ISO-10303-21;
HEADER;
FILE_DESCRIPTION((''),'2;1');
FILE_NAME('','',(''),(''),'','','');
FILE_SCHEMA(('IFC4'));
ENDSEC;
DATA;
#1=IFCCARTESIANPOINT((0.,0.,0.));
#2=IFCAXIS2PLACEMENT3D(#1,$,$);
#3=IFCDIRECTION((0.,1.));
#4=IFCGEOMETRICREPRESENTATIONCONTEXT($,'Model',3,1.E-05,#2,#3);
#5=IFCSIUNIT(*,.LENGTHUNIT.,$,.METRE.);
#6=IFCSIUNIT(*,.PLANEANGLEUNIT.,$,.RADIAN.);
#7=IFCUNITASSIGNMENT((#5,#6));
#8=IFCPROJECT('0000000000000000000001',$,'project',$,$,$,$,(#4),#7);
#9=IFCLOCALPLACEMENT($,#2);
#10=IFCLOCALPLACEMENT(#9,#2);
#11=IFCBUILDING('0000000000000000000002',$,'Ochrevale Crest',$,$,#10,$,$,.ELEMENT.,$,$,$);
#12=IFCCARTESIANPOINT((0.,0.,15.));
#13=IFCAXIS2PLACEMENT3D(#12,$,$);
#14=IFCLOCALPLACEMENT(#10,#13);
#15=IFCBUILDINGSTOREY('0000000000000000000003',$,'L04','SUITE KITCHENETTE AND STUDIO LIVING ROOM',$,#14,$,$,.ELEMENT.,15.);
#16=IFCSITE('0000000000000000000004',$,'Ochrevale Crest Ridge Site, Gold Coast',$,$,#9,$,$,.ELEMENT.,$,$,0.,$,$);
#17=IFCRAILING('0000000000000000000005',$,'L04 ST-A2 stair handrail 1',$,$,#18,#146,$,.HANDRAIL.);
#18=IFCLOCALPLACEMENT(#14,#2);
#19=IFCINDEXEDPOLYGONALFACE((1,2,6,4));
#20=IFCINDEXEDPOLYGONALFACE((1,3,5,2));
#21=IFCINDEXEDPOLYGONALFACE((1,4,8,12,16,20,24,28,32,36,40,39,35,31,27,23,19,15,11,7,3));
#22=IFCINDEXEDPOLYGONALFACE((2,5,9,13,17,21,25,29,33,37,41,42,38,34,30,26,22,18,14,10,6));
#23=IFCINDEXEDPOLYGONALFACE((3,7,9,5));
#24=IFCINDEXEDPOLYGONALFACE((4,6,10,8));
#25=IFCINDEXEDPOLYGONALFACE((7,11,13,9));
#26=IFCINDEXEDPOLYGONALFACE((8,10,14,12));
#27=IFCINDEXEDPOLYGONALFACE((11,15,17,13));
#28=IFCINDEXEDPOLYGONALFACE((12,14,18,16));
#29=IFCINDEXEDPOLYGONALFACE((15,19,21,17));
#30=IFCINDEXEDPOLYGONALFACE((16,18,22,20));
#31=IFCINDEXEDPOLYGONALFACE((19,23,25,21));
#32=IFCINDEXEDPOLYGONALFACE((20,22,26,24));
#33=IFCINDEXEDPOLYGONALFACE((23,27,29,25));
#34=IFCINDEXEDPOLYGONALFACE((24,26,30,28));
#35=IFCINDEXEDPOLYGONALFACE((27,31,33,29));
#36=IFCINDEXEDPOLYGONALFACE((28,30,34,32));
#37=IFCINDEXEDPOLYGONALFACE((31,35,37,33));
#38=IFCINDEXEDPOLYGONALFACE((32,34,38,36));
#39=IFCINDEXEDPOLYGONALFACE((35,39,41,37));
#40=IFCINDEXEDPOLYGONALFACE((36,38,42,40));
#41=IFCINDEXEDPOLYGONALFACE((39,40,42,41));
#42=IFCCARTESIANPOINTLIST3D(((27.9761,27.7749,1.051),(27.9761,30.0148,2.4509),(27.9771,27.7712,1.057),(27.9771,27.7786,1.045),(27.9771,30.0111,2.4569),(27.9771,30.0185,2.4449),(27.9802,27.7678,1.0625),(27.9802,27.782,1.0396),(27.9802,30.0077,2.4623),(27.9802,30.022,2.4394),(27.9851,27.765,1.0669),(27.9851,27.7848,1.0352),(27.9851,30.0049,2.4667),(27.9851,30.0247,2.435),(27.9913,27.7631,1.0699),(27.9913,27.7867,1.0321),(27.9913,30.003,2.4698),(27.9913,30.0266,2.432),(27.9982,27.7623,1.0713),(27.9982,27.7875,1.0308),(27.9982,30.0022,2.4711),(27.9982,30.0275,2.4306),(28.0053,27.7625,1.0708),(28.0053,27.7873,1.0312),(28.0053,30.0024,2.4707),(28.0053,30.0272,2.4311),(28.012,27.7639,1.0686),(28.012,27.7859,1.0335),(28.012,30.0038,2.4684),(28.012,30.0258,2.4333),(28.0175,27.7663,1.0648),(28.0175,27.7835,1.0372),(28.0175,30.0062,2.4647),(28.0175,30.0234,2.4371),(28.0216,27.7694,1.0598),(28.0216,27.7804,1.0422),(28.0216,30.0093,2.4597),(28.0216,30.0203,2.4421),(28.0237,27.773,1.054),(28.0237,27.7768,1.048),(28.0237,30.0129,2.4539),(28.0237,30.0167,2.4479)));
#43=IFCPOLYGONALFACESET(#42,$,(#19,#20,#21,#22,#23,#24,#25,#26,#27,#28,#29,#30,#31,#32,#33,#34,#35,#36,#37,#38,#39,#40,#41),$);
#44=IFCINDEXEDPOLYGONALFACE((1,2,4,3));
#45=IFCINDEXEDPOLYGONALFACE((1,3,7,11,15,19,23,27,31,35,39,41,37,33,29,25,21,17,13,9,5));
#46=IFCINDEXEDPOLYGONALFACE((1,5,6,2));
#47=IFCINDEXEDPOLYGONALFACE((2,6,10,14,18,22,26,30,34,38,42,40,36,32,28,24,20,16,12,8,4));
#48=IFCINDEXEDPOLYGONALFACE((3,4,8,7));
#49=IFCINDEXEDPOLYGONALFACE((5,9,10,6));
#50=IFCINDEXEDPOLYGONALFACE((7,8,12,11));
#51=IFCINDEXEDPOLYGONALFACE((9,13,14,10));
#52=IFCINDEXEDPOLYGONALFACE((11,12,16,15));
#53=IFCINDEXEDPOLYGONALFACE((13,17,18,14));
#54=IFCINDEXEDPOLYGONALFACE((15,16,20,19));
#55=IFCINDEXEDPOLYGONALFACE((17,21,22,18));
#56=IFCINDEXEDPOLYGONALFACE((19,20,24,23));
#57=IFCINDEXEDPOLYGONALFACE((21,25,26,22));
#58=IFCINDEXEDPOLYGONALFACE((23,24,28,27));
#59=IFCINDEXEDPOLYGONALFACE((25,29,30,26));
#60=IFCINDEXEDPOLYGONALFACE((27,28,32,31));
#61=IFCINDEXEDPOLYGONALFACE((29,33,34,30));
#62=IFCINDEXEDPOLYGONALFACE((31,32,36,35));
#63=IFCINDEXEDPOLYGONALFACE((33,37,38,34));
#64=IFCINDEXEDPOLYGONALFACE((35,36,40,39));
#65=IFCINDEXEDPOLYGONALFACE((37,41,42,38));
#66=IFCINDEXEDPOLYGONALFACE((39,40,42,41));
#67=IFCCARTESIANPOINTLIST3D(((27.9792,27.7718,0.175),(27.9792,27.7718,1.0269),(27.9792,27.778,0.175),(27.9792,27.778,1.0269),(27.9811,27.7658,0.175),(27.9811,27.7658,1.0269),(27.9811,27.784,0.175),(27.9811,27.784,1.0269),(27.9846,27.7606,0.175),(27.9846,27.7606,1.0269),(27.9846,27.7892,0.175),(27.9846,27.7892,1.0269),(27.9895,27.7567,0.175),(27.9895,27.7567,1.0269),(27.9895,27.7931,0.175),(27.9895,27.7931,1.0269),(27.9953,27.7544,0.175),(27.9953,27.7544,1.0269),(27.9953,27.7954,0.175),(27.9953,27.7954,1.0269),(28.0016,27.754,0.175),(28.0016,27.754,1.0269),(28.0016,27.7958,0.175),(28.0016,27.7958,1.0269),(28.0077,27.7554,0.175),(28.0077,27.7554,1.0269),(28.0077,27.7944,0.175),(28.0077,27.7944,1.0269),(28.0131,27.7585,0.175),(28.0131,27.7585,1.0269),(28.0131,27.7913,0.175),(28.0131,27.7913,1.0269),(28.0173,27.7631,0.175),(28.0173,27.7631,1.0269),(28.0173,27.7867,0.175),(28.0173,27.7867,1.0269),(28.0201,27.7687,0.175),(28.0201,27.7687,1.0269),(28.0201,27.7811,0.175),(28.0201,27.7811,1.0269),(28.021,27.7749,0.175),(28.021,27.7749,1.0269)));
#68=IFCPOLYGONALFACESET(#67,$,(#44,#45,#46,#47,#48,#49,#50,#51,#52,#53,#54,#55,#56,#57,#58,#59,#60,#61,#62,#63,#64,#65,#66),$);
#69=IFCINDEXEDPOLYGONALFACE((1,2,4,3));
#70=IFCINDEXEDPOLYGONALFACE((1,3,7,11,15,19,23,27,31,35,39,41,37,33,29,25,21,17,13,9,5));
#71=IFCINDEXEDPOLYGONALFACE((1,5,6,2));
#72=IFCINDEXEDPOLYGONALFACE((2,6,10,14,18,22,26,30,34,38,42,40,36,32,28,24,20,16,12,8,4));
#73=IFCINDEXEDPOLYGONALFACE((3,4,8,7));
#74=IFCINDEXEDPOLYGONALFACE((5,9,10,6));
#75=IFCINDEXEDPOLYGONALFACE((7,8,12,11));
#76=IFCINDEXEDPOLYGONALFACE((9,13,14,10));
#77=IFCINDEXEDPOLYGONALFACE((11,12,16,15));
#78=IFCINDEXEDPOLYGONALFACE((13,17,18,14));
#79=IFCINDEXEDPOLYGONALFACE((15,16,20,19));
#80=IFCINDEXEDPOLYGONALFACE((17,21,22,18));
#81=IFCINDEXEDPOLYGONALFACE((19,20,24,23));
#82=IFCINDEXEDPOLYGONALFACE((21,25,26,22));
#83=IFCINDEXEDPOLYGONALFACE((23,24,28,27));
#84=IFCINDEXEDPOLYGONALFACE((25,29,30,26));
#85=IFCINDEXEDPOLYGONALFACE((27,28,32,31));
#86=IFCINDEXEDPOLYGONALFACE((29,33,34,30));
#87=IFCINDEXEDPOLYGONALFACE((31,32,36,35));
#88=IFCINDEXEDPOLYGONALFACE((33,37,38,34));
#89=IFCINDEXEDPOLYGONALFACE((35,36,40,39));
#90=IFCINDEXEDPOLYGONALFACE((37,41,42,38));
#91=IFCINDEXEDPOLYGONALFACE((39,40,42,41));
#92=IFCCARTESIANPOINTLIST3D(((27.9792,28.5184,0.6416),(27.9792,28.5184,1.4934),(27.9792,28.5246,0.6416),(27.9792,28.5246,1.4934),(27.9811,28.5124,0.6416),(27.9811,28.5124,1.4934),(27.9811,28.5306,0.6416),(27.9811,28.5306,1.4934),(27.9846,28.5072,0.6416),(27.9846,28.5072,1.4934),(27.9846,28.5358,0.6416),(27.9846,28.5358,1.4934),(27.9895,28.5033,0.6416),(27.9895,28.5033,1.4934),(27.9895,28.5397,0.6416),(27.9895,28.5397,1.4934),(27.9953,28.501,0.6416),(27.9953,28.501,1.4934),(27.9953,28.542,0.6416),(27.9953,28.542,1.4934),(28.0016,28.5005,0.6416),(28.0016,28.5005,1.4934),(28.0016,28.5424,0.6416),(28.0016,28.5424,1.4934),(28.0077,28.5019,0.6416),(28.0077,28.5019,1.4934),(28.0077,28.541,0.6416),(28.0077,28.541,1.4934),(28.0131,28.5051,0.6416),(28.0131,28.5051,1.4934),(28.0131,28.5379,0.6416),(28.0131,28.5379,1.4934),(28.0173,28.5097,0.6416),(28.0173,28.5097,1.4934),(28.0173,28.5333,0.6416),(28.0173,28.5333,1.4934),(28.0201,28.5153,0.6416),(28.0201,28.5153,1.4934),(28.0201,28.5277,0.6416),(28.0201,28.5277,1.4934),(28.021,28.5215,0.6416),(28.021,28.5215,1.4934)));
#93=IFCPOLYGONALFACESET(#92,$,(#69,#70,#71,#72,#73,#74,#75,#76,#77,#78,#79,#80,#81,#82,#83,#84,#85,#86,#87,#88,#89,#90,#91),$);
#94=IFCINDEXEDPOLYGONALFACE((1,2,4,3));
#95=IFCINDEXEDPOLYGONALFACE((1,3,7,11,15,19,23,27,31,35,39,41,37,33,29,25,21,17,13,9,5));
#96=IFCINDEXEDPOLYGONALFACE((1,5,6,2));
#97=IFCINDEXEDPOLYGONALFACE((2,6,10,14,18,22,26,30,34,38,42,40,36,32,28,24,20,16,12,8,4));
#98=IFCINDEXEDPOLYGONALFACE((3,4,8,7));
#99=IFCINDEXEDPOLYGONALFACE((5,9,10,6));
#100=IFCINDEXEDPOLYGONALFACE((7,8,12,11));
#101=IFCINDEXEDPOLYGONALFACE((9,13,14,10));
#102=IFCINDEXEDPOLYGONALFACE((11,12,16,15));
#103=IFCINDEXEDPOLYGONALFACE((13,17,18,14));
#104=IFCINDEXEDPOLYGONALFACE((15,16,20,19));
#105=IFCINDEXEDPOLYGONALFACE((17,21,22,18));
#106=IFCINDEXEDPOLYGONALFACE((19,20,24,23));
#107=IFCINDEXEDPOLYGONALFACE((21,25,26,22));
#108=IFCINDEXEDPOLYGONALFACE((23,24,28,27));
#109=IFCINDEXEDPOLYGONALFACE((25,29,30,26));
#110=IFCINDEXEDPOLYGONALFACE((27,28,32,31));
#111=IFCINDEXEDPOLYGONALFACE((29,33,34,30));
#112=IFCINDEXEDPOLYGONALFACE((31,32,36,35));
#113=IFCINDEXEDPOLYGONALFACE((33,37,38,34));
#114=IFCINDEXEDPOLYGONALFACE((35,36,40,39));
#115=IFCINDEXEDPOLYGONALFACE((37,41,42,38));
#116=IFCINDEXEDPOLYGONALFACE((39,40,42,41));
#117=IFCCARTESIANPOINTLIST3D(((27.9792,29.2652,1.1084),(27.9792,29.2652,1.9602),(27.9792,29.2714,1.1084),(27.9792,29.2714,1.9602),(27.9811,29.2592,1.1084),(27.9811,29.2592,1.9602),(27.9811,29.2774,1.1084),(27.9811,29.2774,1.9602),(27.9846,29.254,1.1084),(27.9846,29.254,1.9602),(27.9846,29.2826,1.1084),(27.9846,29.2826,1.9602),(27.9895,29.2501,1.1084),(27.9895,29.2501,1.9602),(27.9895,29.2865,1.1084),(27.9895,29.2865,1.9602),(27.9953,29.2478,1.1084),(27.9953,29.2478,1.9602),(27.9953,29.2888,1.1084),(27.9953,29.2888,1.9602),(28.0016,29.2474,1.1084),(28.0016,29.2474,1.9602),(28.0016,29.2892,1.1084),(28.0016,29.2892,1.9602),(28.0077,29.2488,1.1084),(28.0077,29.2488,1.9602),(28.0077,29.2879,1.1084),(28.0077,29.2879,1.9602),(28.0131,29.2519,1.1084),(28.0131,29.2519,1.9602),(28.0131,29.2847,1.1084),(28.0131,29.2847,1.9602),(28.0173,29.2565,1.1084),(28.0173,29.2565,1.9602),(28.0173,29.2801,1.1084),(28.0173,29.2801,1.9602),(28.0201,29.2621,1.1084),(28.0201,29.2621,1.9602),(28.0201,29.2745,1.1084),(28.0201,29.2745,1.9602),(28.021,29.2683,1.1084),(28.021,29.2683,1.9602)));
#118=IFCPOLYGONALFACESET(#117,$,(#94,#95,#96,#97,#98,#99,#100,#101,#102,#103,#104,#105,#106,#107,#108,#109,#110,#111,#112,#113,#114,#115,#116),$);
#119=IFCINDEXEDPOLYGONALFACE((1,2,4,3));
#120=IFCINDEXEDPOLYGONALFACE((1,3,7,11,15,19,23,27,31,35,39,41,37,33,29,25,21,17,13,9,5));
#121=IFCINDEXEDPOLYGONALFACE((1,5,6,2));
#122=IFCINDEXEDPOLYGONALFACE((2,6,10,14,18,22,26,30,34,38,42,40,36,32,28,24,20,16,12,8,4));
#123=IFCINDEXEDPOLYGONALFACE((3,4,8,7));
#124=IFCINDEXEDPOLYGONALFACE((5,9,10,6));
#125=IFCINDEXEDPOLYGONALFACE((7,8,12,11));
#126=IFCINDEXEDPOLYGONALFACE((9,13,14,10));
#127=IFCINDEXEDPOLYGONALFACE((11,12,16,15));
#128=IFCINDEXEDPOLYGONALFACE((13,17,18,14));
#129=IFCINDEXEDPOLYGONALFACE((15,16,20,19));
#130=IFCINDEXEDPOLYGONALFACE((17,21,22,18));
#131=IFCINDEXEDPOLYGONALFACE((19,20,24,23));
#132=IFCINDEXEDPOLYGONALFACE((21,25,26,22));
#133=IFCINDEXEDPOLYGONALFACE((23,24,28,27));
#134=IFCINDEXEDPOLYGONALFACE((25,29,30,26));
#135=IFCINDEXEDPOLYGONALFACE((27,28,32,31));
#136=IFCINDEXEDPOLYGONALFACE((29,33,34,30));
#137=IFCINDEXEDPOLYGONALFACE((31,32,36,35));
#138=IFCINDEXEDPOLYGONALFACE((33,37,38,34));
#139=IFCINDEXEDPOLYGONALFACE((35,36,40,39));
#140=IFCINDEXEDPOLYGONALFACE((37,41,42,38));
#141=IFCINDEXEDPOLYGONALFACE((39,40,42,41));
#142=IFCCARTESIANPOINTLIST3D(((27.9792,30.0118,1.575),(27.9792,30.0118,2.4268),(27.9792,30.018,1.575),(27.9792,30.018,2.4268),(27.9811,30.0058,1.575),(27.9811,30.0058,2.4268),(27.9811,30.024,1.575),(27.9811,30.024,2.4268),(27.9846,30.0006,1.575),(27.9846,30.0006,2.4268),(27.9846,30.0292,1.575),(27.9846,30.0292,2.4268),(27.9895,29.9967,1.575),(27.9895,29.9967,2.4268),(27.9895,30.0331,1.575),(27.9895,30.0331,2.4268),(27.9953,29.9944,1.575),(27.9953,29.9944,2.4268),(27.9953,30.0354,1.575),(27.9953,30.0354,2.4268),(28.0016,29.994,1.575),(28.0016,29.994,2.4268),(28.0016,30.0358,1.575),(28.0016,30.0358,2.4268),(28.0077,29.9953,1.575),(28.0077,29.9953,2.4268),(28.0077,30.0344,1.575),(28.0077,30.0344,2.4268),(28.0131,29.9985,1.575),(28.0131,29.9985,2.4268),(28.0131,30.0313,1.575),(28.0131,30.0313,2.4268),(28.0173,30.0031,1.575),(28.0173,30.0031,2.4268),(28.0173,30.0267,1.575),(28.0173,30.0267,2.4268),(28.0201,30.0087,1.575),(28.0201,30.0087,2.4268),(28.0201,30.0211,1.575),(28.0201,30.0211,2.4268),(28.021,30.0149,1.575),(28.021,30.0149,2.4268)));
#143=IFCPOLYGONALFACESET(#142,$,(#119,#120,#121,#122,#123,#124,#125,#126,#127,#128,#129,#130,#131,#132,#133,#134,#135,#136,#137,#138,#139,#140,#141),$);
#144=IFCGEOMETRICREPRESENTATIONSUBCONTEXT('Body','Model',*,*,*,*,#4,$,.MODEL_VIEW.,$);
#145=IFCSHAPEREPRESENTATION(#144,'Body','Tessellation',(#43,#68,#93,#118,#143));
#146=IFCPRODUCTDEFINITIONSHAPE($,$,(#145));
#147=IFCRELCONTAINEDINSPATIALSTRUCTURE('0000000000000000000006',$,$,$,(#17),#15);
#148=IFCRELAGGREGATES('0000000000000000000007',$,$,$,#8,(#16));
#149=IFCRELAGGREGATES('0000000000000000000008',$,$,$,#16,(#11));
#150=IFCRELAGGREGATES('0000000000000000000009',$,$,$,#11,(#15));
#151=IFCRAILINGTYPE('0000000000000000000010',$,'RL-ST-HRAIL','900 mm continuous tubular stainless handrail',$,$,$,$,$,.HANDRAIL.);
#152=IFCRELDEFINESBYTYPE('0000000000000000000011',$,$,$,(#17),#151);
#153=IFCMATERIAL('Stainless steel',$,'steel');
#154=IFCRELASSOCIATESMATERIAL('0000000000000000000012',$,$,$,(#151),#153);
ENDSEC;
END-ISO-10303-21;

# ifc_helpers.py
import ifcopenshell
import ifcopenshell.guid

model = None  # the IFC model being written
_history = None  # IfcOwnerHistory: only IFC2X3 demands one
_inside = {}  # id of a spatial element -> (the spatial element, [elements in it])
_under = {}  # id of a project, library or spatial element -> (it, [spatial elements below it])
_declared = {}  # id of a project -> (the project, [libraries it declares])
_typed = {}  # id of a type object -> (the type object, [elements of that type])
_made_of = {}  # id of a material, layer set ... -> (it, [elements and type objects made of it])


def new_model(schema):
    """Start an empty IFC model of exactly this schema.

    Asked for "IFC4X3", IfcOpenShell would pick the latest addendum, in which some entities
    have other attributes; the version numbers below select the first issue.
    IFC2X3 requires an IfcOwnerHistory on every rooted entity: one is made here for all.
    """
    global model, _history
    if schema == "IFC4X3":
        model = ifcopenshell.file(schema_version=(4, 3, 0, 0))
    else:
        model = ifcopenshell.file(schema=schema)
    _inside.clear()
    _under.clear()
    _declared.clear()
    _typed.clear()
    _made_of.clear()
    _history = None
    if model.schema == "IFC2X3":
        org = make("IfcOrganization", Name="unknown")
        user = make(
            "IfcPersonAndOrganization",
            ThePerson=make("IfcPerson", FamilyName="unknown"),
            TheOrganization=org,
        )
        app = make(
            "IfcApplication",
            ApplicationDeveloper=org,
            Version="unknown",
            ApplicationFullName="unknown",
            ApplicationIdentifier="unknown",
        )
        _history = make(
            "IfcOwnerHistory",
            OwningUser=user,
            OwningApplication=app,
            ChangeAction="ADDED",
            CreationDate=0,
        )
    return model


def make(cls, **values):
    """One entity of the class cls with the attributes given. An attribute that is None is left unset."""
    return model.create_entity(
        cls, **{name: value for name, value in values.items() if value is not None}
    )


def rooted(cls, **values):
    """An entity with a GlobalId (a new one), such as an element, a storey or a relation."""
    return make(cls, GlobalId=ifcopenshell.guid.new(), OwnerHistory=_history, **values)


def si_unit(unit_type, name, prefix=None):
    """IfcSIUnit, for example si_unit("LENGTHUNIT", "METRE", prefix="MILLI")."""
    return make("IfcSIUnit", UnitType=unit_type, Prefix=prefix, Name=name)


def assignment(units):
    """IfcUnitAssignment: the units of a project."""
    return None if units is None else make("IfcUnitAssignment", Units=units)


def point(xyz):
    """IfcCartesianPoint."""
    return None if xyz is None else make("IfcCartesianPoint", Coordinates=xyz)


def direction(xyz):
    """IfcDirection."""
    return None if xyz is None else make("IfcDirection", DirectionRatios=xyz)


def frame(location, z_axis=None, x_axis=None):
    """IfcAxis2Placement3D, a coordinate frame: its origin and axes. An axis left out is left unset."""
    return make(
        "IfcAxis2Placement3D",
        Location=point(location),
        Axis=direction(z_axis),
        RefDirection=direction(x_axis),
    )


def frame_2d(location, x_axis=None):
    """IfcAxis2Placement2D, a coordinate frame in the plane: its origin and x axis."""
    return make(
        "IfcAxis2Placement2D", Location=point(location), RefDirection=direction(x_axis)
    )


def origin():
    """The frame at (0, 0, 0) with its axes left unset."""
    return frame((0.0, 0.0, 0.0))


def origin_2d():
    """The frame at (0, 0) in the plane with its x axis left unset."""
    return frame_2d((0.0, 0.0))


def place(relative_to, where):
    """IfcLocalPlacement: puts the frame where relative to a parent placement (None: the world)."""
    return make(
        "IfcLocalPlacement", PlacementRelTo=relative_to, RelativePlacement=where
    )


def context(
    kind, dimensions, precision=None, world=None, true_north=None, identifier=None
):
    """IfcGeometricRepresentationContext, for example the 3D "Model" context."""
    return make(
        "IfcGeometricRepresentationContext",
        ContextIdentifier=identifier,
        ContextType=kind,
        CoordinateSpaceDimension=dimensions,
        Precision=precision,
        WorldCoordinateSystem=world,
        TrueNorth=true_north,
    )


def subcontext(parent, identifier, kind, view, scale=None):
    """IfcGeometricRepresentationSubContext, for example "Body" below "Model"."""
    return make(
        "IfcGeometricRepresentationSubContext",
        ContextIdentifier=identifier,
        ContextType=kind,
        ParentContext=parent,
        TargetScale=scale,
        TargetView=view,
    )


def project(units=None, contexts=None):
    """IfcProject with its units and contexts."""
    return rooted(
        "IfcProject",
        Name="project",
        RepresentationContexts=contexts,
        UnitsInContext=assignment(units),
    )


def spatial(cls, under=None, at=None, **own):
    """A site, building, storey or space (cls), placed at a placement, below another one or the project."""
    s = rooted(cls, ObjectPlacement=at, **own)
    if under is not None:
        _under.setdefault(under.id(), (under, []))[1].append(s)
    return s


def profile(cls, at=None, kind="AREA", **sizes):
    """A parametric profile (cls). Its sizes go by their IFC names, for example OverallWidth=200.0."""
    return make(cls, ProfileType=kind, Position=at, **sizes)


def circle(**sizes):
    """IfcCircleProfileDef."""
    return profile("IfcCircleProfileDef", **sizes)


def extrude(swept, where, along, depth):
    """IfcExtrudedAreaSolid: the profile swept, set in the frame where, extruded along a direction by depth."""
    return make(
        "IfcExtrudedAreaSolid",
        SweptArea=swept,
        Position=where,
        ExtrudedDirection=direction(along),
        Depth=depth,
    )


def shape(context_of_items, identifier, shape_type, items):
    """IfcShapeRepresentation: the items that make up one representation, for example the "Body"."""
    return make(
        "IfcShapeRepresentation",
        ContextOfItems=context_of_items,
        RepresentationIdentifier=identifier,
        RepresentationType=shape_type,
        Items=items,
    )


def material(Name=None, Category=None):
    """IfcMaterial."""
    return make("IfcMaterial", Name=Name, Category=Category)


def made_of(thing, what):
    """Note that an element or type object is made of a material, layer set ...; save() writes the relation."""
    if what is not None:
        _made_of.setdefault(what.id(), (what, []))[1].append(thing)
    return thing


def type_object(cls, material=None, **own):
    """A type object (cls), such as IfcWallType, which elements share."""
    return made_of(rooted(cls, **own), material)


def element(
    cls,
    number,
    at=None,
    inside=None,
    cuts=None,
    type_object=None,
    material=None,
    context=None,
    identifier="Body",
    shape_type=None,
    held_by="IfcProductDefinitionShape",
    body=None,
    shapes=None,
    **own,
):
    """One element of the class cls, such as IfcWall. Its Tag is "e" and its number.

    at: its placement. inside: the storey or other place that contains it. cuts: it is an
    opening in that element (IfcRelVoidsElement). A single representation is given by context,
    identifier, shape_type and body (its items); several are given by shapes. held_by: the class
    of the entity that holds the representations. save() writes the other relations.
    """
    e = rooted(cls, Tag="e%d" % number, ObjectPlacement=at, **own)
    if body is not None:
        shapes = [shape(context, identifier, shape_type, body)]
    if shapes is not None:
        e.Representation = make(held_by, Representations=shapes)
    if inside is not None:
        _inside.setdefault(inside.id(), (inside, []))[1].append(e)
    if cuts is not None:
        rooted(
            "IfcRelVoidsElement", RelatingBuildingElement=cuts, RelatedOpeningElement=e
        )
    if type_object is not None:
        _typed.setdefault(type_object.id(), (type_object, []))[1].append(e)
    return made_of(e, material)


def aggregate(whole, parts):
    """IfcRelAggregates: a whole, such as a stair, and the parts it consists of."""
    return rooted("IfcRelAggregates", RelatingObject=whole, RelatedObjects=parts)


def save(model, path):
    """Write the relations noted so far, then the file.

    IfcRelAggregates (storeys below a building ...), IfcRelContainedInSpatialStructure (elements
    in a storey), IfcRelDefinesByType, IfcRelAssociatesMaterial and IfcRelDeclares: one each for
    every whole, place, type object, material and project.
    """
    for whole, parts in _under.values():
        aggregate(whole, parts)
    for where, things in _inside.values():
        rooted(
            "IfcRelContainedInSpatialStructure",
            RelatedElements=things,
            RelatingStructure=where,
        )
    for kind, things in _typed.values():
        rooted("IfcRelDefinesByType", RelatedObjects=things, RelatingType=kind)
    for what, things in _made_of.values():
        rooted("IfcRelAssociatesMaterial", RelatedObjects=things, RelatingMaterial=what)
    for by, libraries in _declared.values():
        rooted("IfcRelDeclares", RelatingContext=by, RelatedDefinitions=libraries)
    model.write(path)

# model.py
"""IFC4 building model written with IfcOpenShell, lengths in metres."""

from ifc_helpers import new_model, si_unit, direction, frame, origin, origin_2d, place, context, subcontext, project, spatial, circle, extrude, material, type_object, element, save


model = new_model("IFC4")

# Units and contexts
model_context = context("Model", 3, precision=1e-05, world=origin(), true_north=direction((0.0, 1.0)))
body_context = subcontext(model_context, "Body", "Model", "MODEL_VIEW")
ifc_project = project(units=[si_unit("LENGTHUNIT", "METRE"), si_unit("PLANEANGLEUNIT", "RADIAN")], contexts=[model_context])

# Site, building, storey
site_placement = place(None, origin())
site = spatial("IfcSite", under=ifc_project, at=site_placement, Name="Ochrevale Crest Ridge Site, Gold Coast", CompositionType="ELEMENT", RefElevation=0.0)
building_placement = place(site_placement, origin())
building = spatial("IfcBuilding", under=site, at=building_placement, Name="Ochrevale Crest", CompositionType="ELEMENT")
storey_placement = place(building_placement, frame((0.0, 0.0, 15.0)))
storey = spatial("IfcBuildingStorey", under=building, at=storey_placement, Name="L04", Description="SUITE KITCHENETTE AND STUDIO LIVING ROOM", CompositionType="ELEMENT", Elevation=15.0)

# Railing
ifc_material_1 = material(Name="Stainless steel", Category="steel")
railing_type_1 = type_object("IfcRailingType", Name="RL-ST-HRAIL", Description="900 mm continuous tubular stainless handrail", PredefinedType="HANDRAIL", material=ifc_material_1)
railing_1_placement = place(storey_placement, frame((28.0, 27.7749, 0.175)))
element("IfcRailing", 1, at=railing_1_placement, inside=storey, type_object=railing_type_1, Name="L04 ST-A2 stair handrail 1", PredefinedType="HANDRAIL", context=body_context, shape_type="SweptSolid", body=[
    extrude(circle(Radius=0.0239, at=origin_2d()), frame((0.0, 0.0, 0.876), z_axis=(0.0, 0.848014, 0.529974), x_axis=(-1.0, 0.0, 0.0)), (0.0, 0.0, 1.0), 2.6414),
    extrude(circle(Radius=0.021, at=origin_2d()), origin(), (0.0, 0.0, 1.0), 0.8518),
    extrude(circle(Radius=0.021, at=origin_2d()), frame((0.0, 0.7466, 0.4666)), (0.0, 0.0, 1.0), 0.8518),
    extrude(circle(Radius=0.021, at=origin_2d()), frame((0.0, 1.4934, 0.9333)), (0.0, 0.0, 1.0), 0.8518),
    extrude(circle(Radius=0.021, at=origin_2d()), frame((0.0, 2.24, 1.3999)), (0.0, 0.0, 1.0), 0.8518),
])

save(model, "model.ifc")
